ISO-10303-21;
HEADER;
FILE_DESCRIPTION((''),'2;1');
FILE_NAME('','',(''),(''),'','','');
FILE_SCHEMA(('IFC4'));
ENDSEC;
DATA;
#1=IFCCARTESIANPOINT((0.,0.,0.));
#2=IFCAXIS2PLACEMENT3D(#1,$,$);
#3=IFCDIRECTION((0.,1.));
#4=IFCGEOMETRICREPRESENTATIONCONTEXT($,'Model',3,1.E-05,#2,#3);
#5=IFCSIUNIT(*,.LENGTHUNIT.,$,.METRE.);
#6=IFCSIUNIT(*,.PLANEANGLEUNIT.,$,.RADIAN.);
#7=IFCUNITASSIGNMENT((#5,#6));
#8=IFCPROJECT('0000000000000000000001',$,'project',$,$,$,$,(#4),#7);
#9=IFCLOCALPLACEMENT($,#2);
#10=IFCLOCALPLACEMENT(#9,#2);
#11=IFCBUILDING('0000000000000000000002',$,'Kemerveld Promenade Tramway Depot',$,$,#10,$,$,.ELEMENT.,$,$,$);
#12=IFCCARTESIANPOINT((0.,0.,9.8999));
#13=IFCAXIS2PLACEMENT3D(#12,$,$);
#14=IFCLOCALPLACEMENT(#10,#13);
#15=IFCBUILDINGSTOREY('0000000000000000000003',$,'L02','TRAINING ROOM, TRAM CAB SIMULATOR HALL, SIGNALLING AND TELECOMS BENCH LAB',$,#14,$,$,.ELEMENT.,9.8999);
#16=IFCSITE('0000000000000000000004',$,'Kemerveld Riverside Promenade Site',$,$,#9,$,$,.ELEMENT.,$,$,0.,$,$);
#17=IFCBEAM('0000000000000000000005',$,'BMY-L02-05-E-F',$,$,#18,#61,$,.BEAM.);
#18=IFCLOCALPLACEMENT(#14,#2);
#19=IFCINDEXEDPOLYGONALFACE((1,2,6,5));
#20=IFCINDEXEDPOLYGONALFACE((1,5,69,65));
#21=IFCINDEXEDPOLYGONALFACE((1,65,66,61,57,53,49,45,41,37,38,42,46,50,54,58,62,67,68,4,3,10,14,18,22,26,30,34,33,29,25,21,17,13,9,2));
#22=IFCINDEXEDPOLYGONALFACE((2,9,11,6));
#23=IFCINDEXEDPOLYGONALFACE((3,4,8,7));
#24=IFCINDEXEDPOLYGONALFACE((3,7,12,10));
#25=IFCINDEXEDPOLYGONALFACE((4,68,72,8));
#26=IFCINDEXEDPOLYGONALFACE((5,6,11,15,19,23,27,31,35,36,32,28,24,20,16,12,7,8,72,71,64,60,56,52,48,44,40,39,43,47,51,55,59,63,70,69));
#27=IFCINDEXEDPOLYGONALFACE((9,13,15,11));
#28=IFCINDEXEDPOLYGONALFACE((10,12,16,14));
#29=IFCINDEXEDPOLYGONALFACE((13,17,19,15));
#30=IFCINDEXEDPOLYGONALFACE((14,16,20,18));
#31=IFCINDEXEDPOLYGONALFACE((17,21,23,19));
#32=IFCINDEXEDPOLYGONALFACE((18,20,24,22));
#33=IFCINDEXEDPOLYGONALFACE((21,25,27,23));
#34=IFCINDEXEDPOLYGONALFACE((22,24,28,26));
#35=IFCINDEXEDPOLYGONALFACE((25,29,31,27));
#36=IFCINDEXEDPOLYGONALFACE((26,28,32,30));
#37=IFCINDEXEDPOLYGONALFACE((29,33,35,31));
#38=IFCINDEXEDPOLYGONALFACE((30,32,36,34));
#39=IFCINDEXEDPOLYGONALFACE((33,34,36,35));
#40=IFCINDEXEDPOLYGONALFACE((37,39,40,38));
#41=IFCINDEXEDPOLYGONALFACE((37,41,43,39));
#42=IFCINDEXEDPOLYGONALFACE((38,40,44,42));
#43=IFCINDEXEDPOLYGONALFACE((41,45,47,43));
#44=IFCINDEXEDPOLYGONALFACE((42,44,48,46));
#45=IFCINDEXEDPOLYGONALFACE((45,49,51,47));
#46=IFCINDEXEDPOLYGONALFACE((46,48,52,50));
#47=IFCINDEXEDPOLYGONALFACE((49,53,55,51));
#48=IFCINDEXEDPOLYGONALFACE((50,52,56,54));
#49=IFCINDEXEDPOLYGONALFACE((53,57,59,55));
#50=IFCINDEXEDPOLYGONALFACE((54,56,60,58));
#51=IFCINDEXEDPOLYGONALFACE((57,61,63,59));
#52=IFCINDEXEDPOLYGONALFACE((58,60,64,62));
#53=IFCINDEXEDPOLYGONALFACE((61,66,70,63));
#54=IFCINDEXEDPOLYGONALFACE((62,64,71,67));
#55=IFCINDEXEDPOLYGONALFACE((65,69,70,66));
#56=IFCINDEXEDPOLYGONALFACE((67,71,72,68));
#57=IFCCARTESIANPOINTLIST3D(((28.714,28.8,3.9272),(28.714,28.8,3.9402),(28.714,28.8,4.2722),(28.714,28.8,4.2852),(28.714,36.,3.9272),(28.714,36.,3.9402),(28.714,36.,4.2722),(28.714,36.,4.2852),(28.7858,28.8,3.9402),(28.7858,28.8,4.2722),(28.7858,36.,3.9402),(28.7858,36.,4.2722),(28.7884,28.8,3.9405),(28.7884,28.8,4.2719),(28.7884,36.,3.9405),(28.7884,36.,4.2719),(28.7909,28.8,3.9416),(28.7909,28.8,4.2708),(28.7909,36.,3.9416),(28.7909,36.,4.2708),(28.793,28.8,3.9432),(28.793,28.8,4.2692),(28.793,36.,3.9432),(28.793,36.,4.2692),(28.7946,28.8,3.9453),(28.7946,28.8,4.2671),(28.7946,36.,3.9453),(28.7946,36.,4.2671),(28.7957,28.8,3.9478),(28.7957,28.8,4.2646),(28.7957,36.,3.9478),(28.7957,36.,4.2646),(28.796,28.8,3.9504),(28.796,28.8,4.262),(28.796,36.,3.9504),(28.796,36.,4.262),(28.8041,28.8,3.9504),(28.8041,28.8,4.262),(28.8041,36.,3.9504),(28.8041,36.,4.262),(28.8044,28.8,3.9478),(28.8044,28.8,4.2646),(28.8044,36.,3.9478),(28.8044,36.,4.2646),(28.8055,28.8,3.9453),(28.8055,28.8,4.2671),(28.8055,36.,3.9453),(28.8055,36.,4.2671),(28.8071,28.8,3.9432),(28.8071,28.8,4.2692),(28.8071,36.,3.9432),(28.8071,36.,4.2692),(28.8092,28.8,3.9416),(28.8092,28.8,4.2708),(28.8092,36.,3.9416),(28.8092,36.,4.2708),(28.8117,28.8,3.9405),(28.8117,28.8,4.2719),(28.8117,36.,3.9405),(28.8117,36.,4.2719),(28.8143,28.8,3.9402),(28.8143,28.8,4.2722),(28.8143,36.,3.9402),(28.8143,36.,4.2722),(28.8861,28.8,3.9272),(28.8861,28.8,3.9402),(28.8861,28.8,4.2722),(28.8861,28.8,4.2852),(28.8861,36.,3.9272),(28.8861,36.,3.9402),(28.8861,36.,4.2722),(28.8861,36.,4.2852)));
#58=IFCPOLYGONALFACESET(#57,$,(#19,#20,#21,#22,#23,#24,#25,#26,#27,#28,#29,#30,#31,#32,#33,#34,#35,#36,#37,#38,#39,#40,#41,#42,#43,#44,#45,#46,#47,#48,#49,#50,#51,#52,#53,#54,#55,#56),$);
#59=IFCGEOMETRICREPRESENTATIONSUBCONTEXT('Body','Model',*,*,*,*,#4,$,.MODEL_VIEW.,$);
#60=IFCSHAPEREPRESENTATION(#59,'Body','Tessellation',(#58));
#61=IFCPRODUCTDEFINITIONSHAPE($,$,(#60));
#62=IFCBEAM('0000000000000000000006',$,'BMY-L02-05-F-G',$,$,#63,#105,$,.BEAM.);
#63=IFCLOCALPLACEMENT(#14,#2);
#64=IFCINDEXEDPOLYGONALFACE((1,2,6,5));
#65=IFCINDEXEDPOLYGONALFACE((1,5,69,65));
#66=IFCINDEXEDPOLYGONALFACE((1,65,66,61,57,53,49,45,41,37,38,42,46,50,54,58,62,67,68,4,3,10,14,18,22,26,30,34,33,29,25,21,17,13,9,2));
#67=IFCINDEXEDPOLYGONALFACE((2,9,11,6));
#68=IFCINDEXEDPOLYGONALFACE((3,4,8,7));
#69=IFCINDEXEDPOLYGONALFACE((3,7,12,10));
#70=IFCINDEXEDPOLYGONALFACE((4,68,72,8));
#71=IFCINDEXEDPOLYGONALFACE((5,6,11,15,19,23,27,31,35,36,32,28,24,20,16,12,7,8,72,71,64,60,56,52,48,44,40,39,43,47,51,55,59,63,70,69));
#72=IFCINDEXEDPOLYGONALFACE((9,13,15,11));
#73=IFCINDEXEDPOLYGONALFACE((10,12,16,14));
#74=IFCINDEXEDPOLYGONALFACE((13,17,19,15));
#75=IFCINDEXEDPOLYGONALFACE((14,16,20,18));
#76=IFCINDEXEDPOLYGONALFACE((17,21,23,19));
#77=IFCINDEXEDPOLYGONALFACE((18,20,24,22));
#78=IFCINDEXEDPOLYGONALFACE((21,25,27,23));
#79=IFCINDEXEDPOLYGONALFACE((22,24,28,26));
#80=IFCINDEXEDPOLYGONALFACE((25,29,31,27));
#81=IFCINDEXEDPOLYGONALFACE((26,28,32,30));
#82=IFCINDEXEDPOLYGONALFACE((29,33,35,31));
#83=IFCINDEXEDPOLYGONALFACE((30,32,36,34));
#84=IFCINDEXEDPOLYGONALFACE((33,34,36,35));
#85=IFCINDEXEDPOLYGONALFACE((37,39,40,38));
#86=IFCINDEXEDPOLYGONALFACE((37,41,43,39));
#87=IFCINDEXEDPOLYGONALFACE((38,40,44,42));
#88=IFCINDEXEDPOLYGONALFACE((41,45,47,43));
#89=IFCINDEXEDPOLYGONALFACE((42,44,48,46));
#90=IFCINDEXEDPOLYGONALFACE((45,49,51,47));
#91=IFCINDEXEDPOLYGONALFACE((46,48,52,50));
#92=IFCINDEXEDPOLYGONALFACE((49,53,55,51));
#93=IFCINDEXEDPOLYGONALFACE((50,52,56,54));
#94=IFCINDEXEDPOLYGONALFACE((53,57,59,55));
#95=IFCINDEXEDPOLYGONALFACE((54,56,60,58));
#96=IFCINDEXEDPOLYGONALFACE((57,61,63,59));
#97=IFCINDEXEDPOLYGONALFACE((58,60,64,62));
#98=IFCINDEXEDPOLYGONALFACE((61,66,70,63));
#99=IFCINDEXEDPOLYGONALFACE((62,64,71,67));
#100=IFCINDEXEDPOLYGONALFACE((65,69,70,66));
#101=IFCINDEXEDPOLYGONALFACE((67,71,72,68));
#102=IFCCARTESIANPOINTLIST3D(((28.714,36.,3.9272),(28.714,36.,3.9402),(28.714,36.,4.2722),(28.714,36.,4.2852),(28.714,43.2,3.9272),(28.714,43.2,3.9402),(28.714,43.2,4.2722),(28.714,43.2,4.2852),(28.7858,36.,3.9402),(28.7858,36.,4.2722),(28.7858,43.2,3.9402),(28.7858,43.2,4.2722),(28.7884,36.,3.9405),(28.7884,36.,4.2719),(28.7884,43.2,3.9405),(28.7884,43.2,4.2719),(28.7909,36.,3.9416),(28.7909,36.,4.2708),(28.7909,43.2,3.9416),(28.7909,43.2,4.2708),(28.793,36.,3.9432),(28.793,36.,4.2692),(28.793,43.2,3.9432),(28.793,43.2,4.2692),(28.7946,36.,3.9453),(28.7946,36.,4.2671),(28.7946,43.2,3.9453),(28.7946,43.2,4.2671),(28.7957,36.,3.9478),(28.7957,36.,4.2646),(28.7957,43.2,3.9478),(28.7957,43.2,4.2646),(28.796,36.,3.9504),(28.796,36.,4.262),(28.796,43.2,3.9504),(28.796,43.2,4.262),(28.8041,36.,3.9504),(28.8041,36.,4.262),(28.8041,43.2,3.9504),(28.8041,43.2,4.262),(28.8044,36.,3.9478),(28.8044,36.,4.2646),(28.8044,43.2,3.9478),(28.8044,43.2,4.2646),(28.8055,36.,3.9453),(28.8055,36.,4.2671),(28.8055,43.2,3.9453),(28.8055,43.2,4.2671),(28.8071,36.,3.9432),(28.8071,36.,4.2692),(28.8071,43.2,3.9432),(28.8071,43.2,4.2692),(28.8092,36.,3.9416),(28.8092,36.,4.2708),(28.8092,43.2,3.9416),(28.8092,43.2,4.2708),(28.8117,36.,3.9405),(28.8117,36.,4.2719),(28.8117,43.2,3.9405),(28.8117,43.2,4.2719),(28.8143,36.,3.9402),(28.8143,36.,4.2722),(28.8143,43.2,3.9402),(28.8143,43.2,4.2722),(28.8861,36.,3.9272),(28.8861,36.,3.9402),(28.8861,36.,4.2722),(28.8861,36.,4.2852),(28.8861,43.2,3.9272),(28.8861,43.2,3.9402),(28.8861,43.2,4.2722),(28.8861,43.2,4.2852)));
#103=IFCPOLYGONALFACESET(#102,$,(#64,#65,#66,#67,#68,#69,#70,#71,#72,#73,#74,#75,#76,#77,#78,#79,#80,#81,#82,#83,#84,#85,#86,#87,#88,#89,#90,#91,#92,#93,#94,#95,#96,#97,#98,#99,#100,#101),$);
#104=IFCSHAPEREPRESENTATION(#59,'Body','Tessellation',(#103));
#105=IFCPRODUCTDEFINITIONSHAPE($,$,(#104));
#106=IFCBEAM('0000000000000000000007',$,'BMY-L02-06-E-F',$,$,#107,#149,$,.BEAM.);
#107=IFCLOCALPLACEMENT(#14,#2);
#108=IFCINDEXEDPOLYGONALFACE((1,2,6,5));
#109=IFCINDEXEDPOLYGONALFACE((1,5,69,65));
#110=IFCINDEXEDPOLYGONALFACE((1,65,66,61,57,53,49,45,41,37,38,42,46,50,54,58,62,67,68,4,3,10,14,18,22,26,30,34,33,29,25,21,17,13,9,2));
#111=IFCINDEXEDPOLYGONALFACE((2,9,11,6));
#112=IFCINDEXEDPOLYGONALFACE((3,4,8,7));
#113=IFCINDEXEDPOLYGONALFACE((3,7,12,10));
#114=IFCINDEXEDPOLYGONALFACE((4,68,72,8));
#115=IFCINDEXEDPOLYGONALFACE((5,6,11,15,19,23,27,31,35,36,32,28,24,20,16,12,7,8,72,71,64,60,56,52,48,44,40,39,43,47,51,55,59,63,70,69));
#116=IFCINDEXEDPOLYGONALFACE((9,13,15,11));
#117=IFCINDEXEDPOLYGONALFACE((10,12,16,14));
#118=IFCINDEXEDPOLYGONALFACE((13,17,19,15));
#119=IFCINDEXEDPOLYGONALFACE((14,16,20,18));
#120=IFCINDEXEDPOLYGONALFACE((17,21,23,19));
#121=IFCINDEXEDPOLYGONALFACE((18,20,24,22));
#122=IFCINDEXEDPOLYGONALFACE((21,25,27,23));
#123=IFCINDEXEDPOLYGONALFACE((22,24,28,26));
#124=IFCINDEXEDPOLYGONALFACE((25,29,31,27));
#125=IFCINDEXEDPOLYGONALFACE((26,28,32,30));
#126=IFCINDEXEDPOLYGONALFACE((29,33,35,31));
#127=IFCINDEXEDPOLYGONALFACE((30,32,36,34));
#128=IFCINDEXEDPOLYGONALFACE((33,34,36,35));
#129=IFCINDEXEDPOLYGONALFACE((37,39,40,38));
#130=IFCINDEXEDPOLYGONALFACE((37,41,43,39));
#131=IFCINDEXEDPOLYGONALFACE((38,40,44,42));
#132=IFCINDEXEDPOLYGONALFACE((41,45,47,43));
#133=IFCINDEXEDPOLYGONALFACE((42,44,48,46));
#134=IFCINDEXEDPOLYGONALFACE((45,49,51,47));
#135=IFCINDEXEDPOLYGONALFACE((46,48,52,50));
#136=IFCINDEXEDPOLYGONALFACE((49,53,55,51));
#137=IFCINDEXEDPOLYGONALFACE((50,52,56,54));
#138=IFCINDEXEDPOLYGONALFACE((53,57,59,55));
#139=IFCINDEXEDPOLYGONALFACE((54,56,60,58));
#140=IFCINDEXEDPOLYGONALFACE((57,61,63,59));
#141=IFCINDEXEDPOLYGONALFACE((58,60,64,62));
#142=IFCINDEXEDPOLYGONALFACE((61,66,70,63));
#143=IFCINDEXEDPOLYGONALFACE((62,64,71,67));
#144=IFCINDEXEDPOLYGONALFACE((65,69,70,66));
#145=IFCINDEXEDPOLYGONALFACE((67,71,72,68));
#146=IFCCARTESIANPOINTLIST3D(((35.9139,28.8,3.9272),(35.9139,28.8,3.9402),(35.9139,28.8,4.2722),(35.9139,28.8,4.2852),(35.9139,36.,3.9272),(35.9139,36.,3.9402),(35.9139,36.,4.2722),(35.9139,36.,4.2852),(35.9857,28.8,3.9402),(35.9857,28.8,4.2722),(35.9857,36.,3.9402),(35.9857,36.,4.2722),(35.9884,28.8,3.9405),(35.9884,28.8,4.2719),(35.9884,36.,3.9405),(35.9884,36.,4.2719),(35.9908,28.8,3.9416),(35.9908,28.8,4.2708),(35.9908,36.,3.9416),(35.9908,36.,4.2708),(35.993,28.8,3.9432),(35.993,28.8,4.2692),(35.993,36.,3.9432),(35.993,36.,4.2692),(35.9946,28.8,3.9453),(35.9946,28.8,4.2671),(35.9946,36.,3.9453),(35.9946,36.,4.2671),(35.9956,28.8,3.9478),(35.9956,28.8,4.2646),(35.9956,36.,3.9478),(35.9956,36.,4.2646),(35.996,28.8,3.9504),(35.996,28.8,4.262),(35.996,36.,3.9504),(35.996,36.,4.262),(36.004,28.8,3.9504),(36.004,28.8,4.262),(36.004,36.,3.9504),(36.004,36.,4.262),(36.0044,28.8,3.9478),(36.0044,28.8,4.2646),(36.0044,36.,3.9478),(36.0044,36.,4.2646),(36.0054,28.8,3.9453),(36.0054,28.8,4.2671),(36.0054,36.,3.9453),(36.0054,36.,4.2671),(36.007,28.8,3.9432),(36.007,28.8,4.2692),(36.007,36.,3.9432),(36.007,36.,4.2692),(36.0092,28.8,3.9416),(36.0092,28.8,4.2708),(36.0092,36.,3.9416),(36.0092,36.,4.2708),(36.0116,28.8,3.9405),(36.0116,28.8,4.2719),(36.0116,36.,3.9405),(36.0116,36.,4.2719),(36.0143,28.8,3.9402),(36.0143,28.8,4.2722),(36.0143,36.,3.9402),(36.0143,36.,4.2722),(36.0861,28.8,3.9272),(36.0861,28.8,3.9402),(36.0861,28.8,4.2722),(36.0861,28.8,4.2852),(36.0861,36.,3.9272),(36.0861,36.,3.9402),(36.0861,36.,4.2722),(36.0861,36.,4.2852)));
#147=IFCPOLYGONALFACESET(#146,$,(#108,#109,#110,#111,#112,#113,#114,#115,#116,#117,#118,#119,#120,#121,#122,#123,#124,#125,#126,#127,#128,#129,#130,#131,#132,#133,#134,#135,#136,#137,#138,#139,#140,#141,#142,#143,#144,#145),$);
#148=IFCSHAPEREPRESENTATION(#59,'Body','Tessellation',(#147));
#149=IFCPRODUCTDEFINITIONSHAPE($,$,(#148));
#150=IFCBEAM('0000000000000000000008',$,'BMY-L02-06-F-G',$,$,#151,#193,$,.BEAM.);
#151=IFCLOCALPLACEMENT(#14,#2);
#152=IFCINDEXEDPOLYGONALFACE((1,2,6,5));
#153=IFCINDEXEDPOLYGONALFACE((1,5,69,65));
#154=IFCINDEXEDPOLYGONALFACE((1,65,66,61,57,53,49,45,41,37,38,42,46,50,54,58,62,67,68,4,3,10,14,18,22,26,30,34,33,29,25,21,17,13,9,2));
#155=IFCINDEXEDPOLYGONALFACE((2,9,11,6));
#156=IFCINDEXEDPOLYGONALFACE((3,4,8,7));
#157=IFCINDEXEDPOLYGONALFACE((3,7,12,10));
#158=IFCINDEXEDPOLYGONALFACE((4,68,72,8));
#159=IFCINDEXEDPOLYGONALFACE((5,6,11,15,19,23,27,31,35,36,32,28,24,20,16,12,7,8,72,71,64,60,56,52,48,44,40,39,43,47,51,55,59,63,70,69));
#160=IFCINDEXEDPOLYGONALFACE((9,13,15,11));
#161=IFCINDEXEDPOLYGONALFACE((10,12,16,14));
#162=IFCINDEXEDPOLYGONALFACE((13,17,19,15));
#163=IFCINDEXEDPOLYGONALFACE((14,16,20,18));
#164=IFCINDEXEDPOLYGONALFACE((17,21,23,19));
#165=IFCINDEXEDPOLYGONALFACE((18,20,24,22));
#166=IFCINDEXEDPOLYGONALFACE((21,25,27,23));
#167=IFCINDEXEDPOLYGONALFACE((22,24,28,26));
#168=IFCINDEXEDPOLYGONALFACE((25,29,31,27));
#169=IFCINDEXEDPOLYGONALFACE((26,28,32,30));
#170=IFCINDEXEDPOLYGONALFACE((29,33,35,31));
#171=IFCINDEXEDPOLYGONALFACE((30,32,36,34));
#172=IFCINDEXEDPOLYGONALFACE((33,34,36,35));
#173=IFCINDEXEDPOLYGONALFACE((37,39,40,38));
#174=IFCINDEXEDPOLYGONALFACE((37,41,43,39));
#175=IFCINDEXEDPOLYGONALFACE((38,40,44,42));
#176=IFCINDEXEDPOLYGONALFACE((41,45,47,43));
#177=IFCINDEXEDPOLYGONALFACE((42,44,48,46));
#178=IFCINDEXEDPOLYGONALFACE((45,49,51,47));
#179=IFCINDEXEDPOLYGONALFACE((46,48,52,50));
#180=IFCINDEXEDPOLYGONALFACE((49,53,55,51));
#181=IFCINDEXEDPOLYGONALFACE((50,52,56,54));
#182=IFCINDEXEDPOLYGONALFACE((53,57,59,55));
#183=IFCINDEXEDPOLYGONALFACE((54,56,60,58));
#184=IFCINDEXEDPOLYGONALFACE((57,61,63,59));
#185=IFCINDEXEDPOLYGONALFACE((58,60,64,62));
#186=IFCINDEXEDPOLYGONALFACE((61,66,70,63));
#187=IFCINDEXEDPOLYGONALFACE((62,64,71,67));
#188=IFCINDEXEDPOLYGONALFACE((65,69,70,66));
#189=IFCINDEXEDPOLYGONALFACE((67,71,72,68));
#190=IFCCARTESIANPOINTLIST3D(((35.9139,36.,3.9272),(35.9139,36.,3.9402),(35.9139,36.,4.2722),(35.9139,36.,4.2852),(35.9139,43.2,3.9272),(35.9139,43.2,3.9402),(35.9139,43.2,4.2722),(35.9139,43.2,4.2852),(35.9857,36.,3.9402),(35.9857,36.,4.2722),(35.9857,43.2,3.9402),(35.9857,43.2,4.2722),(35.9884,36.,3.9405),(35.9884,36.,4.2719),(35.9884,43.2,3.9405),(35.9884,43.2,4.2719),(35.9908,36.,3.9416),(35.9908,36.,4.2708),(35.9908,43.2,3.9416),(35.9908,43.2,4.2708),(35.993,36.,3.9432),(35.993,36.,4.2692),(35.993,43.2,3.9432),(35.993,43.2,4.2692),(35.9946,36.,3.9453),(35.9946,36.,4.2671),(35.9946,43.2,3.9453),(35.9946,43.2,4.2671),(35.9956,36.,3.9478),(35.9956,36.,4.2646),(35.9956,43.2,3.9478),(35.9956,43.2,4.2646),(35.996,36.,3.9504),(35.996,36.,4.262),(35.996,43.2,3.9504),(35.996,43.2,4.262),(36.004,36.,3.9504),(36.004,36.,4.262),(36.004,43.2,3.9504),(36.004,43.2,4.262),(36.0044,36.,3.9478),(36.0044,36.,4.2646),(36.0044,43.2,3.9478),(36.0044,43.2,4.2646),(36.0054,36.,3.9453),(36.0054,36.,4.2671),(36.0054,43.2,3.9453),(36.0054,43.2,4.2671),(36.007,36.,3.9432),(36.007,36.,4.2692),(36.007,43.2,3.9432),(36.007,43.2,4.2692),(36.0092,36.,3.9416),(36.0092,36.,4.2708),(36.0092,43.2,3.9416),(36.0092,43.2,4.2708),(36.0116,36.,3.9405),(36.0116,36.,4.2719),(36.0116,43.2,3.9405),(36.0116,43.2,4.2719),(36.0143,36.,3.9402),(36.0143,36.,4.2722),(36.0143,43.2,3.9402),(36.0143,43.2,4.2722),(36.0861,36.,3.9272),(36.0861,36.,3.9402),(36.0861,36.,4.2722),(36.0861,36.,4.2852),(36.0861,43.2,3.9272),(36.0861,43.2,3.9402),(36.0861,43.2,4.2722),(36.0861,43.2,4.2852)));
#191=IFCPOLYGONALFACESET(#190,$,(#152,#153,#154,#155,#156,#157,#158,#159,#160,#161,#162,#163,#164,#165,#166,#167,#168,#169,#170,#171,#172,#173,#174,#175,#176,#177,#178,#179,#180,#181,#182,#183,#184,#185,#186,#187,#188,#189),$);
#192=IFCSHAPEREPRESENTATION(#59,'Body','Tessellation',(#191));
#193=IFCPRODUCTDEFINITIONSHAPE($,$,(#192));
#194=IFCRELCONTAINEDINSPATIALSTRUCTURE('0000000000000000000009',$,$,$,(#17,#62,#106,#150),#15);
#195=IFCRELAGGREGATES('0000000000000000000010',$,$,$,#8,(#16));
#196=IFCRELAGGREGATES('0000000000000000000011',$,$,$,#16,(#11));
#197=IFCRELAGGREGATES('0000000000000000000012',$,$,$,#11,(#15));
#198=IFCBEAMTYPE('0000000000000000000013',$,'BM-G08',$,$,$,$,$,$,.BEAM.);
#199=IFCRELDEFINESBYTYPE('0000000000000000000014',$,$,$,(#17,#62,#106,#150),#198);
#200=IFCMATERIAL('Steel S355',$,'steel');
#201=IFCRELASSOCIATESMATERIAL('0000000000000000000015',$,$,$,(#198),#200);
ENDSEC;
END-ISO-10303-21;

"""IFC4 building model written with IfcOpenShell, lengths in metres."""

from ifc_helpers import new_model, si_unit, direction, frame, origin, origin_2d, place, context, subcontext, project, spatial, i_section, extrude, material, material_profile, profile_set, type_object, element, save


model = new_model("IFC4")

# Units and contexts
model_context = context("Model", 3, precision=1e-05, world=origin(), true_north=direction((0.0, 1.0)))
body_context = subcontext(model_context, "Body", "Model", "MODEL_VIEW")
ifc_project = project(units=[si_unit("LENGTHUNIT", "METRE"), si_unit("PLANEANGLEUNIT", "RADIAN")], contexts=[model_context])

# Site, building, storey
site_placement = place(None, origin())
site = spatial("IfcSite", under=ifc_project, at=site_placement, Name="Kemerveld Riverside Promenade Site", CompositionType="ELEMENT", RefElevation=0.0)
building_placement = place(site_placement, origin())
building = spatial("IfcBuilding", under=site, at=building_placement, Name="Kemerveld Promenade Tramway Depot", CompositionType="ELEMENT")
storey_placement = place(building_placement, frame((0.0, 0.0, 9.8999)))
storey = spatial("IfcBuildingStorey", under=building, at=storey_placement, Name="L02", Description="TRAINING ROOM, TRAM CAB SIMULATOR HALL, SIGNALLING AND TELECOMS BENCH LAB", CompositionType="ELEMENT", Elevation=9.8999)

# Shared definitions
ifc_material = material(Name="Steel S355", Category="steel")

# Beams
ifc_material_profile_1 = material_profile(ifc_material, i_section(OverallWidth=0.1721, OverallDepth=0.3579, WebThickness=0.0081, FlangeThickness=0.0129, FilletRadius=0.0103, at=origin_2d()), Name="356x171x57 UB")
ifc_profile_set_1 = profile_set([ifc_material_profile_1], Name="Steel S355")
beam_type_1 = type_object("IfcBeamType", Name="BM-G08", PredefinedType="BEAM", material=ifc_profile_set_1)
for number, where, z_axis, x_axis, name in (
    (1, (28.8, 28.8, 4.1062), (0.0, 1.0, 0.0), (-1.0, 0.0, 0.0), "BMY-L02-05-E-F"),
    (2, (28.8, 36.0, 4.1062), (0.0, 1.0, 0.0), (-1.0, 0.0, 0.0), "BMY-L02-05-F-G"),
    (3, (36.0, 28.8, 4.1062), (0.0, 1.0, 0.0), (-1.0, 0.0, 0.0), "BMY-L02-06-E-F"),
    (4, (36.0, 36.0, 4.1062), (0.0, 1.0, 0.0), (-1.0, 0.0, 0.0), "BMY-L02-06-F-G"),
):
    element("IfcBeam", number, at=place(storey_placement, frame(where, z_axis=z_axis, x_axis=x_axis)), inside=storey, type_object=beam_type_1, Name=name, PredefinedType="BEAM", context=body_context, shape_type="SweptSolid", body=[
        extrude(i_section(OverallWidth=0.1721, OverallDepth=0.3579, WebThickness=0.0081, FlangeThickness=0.0129, FilletRadius=0.0103, at=origin_2d()), origin(), (0.0, 0.0, 1.0), 7.2),
    ])

save(model, "model.ifc")
